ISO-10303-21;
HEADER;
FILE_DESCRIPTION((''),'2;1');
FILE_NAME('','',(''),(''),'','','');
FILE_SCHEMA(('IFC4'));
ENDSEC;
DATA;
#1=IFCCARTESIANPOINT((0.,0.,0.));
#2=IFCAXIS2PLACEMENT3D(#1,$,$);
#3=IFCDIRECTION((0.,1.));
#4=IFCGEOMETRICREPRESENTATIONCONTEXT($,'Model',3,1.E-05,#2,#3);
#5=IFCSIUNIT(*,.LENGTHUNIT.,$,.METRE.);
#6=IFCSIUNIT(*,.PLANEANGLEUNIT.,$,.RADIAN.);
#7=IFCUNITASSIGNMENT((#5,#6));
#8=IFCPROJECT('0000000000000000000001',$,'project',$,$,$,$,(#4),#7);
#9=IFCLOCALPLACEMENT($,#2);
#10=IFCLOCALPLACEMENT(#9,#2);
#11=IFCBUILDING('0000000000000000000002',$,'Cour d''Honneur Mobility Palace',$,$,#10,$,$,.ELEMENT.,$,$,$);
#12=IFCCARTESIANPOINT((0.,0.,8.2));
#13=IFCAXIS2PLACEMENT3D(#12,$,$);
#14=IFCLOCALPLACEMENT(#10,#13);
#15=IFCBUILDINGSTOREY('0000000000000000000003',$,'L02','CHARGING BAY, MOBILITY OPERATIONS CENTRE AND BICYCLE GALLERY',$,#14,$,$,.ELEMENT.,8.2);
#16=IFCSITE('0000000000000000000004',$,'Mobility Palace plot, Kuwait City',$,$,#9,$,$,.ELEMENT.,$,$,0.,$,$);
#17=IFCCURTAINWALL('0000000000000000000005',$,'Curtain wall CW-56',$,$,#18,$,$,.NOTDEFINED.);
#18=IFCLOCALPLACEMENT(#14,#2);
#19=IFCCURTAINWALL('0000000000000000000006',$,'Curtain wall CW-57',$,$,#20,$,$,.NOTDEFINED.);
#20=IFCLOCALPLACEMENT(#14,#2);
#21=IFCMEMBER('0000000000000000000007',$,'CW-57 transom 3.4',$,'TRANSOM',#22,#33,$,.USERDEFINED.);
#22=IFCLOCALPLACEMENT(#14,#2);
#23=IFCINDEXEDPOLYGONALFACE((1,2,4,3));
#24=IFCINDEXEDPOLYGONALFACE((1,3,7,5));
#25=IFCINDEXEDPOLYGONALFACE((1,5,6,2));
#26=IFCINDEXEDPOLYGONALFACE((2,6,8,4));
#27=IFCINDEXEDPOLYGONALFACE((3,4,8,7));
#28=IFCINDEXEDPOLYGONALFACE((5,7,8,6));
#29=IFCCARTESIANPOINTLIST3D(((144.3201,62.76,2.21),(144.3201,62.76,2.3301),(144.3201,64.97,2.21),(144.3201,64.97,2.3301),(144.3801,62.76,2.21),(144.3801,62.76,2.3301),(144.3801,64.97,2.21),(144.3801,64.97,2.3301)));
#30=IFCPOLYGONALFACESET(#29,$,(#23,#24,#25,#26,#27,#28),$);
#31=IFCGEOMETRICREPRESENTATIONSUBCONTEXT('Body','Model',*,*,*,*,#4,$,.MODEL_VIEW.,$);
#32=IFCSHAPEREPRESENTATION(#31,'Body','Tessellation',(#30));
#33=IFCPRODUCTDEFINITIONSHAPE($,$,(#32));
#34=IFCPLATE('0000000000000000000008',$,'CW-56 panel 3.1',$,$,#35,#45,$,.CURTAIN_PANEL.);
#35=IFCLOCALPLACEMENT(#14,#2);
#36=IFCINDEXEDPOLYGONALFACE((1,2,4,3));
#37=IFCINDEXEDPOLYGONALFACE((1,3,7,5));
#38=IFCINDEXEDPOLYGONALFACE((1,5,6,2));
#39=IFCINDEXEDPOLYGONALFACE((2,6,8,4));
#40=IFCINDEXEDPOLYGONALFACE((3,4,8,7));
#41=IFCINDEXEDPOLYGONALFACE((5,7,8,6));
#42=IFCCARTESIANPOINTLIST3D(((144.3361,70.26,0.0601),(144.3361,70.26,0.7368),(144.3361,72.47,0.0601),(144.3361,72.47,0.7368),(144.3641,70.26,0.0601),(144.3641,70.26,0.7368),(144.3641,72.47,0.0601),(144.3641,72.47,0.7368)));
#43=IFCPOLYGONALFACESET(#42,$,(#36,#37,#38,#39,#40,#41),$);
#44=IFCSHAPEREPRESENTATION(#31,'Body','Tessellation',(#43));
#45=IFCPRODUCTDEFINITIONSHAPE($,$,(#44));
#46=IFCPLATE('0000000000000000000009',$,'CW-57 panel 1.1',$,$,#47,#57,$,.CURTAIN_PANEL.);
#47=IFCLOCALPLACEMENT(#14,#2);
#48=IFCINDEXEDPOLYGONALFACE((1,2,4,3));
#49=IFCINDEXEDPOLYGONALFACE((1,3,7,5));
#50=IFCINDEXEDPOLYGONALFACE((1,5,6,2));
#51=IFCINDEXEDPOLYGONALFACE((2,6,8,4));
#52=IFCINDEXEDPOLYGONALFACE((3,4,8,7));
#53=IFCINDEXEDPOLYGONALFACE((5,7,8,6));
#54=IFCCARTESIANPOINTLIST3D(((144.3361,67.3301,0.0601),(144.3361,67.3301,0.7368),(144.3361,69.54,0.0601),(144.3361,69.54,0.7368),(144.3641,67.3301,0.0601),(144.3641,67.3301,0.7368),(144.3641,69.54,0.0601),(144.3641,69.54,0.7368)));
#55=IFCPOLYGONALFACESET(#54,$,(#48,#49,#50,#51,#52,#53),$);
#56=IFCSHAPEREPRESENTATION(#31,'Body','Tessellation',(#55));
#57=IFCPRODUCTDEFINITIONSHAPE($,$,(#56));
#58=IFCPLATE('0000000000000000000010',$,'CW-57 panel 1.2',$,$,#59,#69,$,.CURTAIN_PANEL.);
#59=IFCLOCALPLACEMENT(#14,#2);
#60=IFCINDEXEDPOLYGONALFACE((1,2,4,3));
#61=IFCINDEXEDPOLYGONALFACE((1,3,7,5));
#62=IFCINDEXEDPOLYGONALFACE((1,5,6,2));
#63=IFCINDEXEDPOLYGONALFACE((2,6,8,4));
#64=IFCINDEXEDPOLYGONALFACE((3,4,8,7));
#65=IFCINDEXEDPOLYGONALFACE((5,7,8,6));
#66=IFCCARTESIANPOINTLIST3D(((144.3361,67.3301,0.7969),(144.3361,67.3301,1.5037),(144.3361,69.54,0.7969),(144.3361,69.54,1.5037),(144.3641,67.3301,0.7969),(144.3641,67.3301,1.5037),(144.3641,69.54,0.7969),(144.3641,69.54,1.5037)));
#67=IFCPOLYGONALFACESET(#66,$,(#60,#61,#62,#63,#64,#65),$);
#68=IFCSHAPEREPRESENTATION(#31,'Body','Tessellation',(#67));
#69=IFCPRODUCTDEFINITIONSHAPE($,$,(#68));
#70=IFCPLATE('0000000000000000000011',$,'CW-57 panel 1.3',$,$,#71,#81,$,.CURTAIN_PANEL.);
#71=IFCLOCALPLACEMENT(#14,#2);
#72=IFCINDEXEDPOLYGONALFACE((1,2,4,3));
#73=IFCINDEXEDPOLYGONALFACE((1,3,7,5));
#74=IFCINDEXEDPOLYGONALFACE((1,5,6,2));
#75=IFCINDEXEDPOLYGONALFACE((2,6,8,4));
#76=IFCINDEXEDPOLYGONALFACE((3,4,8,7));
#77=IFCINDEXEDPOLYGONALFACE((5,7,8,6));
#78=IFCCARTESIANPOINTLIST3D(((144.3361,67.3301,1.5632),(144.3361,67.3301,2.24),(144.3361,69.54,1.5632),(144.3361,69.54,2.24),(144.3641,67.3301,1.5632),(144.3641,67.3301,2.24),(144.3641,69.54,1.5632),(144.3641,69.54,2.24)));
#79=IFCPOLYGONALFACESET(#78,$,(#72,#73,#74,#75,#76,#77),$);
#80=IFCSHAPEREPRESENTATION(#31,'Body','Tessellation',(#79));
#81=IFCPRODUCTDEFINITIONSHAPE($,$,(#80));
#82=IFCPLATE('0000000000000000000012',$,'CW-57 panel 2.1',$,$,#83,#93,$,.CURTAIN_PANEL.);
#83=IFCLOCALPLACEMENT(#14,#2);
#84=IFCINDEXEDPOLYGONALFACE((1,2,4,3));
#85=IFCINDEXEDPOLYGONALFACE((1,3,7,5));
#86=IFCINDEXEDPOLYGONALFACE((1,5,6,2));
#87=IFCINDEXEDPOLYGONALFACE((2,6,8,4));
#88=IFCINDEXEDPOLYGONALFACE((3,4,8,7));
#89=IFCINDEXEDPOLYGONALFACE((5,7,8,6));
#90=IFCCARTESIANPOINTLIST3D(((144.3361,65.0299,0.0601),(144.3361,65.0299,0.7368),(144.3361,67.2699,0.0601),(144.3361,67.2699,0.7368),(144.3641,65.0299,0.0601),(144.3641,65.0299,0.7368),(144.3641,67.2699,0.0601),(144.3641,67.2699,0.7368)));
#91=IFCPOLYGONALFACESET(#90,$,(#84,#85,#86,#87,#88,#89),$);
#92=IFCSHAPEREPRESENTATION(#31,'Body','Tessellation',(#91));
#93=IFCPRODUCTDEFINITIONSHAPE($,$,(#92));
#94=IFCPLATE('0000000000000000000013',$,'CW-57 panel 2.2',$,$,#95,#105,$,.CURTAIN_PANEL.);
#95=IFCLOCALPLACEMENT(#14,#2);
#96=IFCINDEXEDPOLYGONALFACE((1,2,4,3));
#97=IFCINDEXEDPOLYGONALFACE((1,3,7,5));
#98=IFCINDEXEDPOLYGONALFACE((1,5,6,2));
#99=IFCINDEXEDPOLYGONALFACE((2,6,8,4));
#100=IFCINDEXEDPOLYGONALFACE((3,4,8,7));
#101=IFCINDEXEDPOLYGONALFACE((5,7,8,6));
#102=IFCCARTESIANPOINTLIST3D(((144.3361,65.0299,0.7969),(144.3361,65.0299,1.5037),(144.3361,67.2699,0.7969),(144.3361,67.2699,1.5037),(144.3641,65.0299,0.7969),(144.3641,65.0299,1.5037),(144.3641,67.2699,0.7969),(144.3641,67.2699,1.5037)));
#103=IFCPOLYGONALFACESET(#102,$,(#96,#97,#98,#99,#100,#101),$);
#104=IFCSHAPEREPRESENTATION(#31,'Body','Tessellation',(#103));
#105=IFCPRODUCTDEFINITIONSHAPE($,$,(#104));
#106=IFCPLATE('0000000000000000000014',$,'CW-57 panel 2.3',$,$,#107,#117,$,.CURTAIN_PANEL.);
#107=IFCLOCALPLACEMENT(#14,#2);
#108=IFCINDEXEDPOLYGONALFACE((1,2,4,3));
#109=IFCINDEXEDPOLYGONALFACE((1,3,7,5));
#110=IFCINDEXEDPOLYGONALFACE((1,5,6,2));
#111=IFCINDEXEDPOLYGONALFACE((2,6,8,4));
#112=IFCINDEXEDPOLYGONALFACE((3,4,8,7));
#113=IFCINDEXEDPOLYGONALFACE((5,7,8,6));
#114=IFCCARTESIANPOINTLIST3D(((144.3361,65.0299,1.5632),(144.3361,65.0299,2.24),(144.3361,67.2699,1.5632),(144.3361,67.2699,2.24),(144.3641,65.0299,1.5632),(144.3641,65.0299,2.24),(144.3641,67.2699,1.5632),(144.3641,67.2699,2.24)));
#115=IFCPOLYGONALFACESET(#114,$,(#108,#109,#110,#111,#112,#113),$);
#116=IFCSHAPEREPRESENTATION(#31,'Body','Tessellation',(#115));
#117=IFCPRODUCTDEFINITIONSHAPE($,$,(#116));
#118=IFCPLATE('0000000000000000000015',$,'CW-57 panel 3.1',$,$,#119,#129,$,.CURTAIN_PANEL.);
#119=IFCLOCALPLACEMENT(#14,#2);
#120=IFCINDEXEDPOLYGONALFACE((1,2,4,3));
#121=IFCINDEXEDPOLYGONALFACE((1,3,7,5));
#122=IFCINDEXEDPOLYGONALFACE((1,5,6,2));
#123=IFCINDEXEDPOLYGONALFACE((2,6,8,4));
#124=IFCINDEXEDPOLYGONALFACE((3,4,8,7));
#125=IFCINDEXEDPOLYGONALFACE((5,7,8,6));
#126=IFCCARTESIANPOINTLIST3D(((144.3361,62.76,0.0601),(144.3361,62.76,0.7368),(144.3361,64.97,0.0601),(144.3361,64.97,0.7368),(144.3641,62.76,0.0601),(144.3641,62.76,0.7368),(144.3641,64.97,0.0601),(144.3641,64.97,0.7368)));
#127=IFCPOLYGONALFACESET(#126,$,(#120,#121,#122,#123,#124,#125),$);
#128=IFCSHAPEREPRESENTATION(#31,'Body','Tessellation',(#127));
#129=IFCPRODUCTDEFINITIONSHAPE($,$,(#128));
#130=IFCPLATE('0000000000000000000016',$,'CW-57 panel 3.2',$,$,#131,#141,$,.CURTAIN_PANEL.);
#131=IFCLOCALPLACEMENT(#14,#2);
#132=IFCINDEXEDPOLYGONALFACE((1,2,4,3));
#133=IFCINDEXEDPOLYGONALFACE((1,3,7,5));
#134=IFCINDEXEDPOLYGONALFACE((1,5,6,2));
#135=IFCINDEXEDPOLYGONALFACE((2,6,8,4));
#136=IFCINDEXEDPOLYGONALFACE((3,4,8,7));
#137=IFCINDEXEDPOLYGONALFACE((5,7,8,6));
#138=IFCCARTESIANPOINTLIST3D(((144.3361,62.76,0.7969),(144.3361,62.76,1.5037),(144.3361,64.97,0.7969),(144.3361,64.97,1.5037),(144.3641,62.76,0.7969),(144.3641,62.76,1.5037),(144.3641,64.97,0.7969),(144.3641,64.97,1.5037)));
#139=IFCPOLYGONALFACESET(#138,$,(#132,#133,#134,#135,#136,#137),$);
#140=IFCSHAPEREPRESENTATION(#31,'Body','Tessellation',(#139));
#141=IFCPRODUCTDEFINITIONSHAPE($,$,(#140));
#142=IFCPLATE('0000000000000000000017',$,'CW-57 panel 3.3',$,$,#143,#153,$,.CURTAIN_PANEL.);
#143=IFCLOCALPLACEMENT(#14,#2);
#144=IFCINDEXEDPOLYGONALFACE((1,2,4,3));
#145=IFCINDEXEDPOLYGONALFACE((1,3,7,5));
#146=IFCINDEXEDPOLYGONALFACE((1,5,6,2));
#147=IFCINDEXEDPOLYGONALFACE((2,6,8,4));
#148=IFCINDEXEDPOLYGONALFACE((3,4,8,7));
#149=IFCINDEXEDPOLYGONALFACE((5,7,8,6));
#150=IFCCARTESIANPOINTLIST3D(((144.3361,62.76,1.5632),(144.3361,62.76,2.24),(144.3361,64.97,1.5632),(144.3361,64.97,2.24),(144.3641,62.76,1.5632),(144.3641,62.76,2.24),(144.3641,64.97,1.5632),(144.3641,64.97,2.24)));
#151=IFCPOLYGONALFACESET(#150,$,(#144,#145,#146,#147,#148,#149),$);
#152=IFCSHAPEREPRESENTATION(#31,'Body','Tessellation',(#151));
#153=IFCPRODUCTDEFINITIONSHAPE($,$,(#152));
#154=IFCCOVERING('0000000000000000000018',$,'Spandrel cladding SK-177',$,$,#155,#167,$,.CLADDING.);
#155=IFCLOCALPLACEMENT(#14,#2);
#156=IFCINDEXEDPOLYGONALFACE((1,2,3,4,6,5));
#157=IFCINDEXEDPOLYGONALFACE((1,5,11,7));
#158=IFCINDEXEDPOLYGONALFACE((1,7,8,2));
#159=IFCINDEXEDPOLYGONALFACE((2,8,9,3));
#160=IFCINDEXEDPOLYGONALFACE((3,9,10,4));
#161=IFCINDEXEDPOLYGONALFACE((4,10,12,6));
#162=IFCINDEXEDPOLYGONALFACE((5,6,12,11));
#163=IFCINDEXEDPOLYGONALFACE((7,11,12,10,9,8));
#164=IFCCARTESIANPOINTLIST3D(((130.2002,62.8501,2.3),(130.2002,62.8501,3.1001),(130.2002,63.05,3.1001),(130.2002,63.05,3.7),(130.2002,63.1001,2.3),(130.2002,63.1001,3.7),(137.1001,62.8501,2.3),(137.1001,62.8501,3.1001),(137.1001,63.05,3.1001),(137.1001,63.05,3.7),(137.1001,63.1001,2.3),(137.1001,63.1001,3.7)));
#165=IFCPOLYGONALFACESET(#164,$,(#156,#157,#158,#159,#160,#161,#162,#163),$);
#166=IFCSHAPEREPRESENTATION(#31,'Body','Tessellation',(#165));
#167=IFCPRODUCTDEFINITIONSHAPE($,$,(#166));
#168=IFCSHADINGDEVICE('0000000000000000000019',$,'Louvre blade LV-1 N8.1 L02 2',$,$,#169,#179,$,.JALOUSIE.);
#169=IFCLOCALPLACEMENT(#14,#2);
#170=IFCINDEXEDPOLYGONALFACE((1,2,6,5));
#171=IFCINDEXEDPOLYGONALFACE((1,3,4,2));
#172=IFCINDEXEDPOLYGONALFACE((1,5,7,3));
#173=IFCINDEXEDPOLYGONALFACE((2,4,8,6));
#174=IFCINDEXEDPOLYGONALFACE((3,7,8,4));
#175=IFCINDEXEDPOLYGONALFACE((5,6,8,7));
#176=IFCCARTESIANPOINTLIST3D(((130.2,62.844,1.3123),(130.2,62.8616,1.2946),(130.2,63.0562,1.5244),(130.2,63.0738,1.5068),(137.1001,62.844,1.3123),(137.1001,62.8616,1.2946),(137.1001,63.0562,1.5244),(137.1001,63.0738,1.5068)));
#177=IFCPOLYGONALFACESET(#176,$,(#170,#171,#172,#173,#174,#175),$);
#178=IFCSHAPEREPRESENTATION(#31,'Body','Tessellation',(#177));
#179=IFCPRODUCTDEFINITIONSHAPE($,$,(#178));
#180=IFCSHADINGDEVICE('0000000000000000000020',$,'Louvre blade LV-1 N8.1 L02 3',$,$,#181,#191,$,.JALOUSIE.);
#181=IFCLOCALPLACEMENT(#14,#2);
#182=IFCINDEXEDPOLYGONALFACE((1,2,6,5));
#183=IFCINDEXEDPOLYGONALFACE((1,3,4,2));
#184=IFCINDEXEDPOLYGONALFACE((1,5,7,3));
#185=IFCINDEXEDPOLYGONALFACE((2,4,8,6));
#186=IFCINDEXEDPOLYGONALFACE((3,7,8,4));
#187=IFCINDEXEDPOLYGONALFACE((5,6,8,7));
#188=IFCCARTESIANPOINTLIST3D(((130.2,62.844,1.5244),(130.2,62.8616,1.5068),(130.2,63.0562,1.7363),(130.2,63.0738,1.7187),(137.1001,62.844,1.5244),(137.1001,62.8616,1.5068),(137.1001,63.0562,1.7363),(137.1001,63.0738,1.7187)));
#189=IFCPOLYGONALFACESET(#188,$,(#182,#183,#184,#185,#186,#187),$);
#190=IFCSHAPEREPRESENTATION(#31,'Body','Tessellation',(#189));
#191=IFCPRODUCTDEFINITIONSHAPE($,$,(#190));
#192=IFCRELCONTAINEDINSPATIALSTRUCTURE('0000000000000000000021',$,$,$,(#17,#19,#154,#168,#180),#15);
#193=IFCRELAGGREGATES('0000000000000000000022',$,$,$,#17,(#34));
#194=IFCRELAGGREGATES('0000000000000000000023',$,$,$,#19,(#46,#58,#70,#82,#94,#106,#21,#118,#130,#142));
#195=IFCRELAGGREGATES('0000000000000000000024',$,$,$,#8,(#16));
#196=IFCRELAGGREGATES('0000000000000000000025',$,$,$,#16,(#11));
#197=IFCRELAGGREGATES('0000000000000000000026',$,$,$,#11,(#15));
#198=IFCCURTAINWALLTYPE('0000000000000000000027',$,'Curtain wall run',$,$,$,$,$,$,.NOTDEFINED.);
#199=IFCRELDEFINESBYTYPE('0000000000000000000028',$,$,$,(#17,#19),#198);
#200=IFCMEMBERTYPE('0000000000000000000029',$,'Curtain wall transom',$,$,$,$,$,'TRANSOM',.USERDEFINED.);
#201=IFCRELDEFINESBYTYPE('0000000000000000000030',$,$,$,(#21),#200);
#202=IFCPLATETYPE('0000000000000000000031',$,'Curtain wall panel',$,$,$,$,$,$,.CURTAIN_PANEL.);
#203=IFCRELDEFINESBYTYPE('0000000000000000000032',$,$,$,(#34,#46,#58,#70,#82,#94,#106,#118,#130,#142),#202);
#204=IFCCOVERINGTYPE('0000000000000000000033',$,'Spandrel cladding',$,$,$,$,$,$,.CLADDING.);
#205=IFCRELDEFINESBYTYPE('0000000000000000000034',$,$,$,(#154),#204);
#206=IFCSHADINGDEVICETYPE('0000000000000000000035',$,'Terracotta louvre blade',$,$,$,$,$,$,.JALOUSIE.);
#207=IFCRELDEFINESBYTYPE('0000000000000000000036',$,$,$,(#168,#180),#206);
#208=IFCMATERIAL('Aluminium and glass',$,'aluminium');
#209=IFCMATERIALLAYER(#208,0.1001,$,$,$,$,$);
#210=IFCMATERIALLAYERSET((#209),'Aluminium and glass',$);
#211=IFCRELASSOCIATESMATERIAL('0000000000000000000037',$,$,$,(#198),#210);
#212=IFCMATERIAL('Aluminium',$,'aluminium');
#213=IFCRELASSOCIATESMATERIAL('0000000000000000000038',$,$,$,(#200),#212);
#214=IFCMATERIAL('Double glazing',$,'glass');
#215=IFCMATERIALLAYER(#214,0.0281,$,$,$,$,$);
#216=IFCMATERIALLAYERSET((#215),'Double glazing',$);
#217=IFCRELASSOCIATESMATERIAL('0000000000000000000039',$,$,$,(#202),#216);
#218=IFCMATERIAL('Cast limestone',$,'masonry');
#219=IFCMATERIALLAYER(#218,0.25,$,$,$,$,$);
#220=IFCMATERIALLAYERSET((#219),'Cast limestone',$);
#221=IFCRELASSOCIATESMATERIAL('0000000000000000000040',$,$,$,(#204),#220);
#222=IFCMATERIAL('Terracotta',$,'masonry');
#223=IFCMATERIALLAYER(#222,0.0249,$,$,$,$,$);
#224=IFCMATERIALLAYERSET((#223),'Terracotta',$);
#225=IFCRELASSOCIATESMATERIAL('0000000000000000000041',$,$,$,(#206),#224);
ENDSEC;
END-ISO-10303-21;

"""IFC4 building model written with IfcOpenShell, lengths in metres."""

from ifc_helpers import new_model, si_unit, direction, frame, origin, origin_2d, place, context, subcontext, project, spatial, polyline, rectangle, outline, extrude, material, layer, layer_set, material_profile, profile_set, type_object, element, aggregate, save


model = new_model("IFC4")

# Units and contexts
model_context = context("Model", 3, precision=1e-05, world=origin(), true_north=direction((0.0, 1.0)))
body_context = subcontext(model_context, "Body", "Model", "MODEL_VIEW")
ifc_project = project(units=[si_unit("LENGTHUNIT", "METRE"), si_unit("PLANEANGLEUNIT", "RADIAN")], contexts=[model_context])

# Site, building, storey
site_placement = place(None, origin())
site = spatial("IfcSite", under=ifc_project, at=site_placement, Name="Mobility Palace plot, Kuwait City", CompositionType="ELEMENT", RefElevation=0.0)
building_placement = place(site_placement, origin())
building = spatial("IfcBuilding", under=site, at=building_placement, Name="Cour d'Honneur Mobility Palace", CompositionType="ELEMENT")
storey_placement = place(building_placement, frame((0.0, 0.0, 8.2)))
storey = spatial("IfcBuildingStorey", under=building, at=storey_placement, Name="L02", Description="CHARGING BAY, MOBILITY OPERATIONS CENTRE AND BICYCLE GALLERY", CompositionType="ELEMENT", Elevation=8.2)

# Curtain wall
ifc_material_1 = material(Name="Aluminium and glass", Category="aluminium")
ifc_layer_1 = layer(ifc_material_1, 0.1001)
ifc_layer_set_1 = layer_set([ifc_layer_1], Name="Aluminium and glass")
curtain_wall_type = type_object("IfcCurtainWallType", Name="Curtain wall run", PredefinedType="NOTDEFINED", material=ifc_layer_set_1)
curtain_wall_1_placement = place(storey_placement, origin())
curtain_wall_1 = element("IfcCurtainWall", 1, at=curtain_wall_1_placement, inside=storey, type_object=curtain_wall_type, Name="Curtain wall CW-56", PredefinedType="NOTDEFINED")

# Curtain wall, member
curtain_wall_2_placement = place(storey_placement, origin())
curtain_wall_2 = element("IfcCurtainWall", 2, at=curtain_wall_2_placement, inside=storey, type_object=curtain_wall_type, Name="Curtain wall CW-57", PredefinedType="NOTDEFINED")
ifc_material_2 = material(Name="Aluminium", Category="aluminium")
ifc_material_profile_1 = material_profile(ifc_material_2, rectangle(XDim=0.0601, YDim=0.1201, at=origin_2d()), Name="Curtain wall transom")
ifc_profile_set_1 = profile_set([ifc_material_profile_1], Name="Aluminium")
member_type_1 = type_object("IfcMemberType", Name="Curtain wall transom", ElementType="TRANSOM", PredefinedType="USERDEFINED", material=ifc_profile_set_1)
member_1_placement = place(storey_placement, frame((144.3501, 64.97, 2.27), z_axis=(0.0, -1.0, 0.0), x_axis=(1.0, 0.0, 0.0)))
member_1 = element("IfcMember", 3, at=member_1_placement, type_object=member_type_1, Name="CW-57 transom 3.4", ObjectType="TRANSOM", PredefinedType="USERDEFINED", context=body_context, shape_type="SweptSolid", body=[
    extrude(rectangle(XDim=0.0601, YDim=0.1201, at=origin_2d()), origin(), (0.0, 0.0, 1.0), 2.21),
])

# Plates
ifc_material_3 = material(Name="Double glazing", Category="glass")
ifc_layer_2 = layer(ifc_material_3, 0.0281)
ifc_layer_set_2 = layer_set([ifc_layer_2], Name="Double glazing")
plate_type = type_object("IfcPlateType", Name="Curtain wall panel", PredefinedType="CURTAIN_PANEL", material=ifc_layer_set_2)
plate_1_placement = place(storey_placement, frame((144.3501, 71.365, 0.0601), z_axis=(0.0, 0.0, 1.0), x_axis=(0.0, -1.0, 0.0)))
plate_1 = element("IfcPlate", 4, at=plate_1_placement, type_object=plate_type, Name="CW-56 panel 3.1", PredefinedType="CURTAIN_PANEL", context=body_context, shape_type="SweptSolid", body=[
    extrude(rectangle(XDim=2.21, YDim=0.0281, at=origin_2d()), origin(), (0.0, 0.0, 1.0), 0.6768),
])
aggregate(curtain_wall_1, [plate_1])
plate_2_placement = place(storey_placement, frame((144.3501, 68.4351, 0.0601), z_axis=(0.0, 0.0, 1.0), x_axis=(0.0, -1.0, 0.0)))
plate_2 = element("IfcPlate", 5, at=plate_2_placement, type_object=plate_type, Name="CW-57 panel 1.1", PredefinedType="CURTAIN_PANEL", context=body_context, shape_type="SweptSolid", body=[
    extrude(rectangle(XDim=2.21, YDim=0.0281, at=origin_2d()), origin(), (0.0, 0.0, 1.0), 0.6768),
])
plate_3_placement = place(storey_placement, frame((144.3501, 68.4351, 0.7969), z_axis=(0.0, 0.0, 1.0), x_axis=(0.0, -1.0, 0.0)))
plate_3 = element("IfcPlate", 6, at=plate_3_placement, type_object=plate_type, Name="CW-57 panel 1.2", PredefinedType="CURTAIN_PANEL", context=body_context, shape_type="SweptSolid", body=[
    extrude(rectangle(XDim=2.21, YDim=0.0281, at=origin_2d()), origin(), (0.0, 0.0, 1.0), 0.7068),
])
plate_4_placement = place(storey_placement, frame((144.3501, 68.4351, 1.5632), z_axis=(0.0, 0.0, 1.0), x_axis=(0.0, -1.0, 0.0)))
plate_4 = element("IfcPlate", 7, at=plate_4_placement, type_object=plate_type, Name="CW-57 panel 1.3", PredefinedType="CURTAIN_PANEL", context=body_context, shape_type="SweptSolid", body=[
    extrude(rectangle(XDim=2.21, YDim=0.0281, at=origin_2d()), origin(), (0.0, 0.0, 1.0), 0.6768),
])
plate_5_placement = place(storey_placement, frame((144.3501, 66.1499, 0.0601), z_axis=(0.0, 0.0, 1.0), x_axis=(0.0, -1.0, 0.0)))
plate_5 = element("IfcPlate", 8, at=plate_5_placement, type_object=plate_type, Name="CW-57 panel 2.1", PredefinedType="CURTAIN_PANEL", context=body_context, shape_type="SweptSolid", body=[
    extrude(rectangle(XDim=2.24, YDim=0.0281, at=origin_2d()), origin(), (0.0, 0.0, 1.0), 0.6768),
])
plate_6_placement = place(storey_placement, frame((144.3501, 66.1499, 0.7969), z_axis=(0.0, 0.0, 1.0), x_axis=(0.0, -1.0, 0.0)))
plate_6 = element("IfcPlate", 9, at=plate_6_placement, type_object=plate_type, Name="CW-57 panel 2.2", PredefinedType="CURTAIN_PANEL", context=body_context, shape_type="SweptSolid", body=[
    extrude(rectangle(XDim=2.24, YDim=0.0281, at=origin_2d()), origin(), (0.0, 0.0, 1.0), 0.7068),
])
plate_7_placement = place(storey_placement, frame((144.3501, 66.1499, 1.5632), z_axis=(0.0, 0.0, 1.0), x_axis=(0.0, -1.0, 0.0)))
plate_7 = element("IfcPlate", 10, at=plate_7_placement, type_object=plate_type, Name="CW-57 panel 2.3", PredefinedType="CURTAIN_PANEL", context=body_context, shape_type="SweptSolid", body=[
    extrude(rectangle(XDim=2.24, YDim=0.0281, at=origin_2d()), origin(), (0.0, 0.0, 1.0), 0.6768),
])
plate_8_placement = place(storey_placement, frame((144.3501, 63.865, 0.0601), z_axis=(0.0, 0.0, 1.0), x_axis=(0.0, -1.0, 0.0)))
plate_8 = element("IfcPlate", 11, at=plate_8_placement, type_object=plate_type, Name="CW-57 panel 3.1", PredefinedType="CURTAIN_PANEL", context=body_context, shape_type="SweptSolid", body=[
    extrude(rectangle(XDim=2.21, YDim=0.0281, at=origin_2d()), origin(), (0.0, 0.0, 1.0), 0.6768),
])
plate_9_placement = place(storey_placement, frame((144.3501, 63.865, 0.7969), z_axis=(0.0, 0.0, 1.0), x_axis=(0.0, -1.0, 0.0)))
plate_9 = element("IfcPlate", 12, at=plate_9_placement, type_object=plate_type, Name="CW-57 panel 3.2", PredefinedType="CURTAIN_PANEL", context=body_context, shape_type="SweptSolid", body=[
    extrude(rectangle(XDim=2.21, YDim=0.0281, at=origin_2d()), origin(), (0.0, 0.0, 1.0), 0.7068),
])
plate_10_placement = place(storey_placement, frame((144.3501, 63.865, 1.5632), z_axis=(0.0, 0.0, 1.0), x_axis=(0.0, -1.0, 0.0)))
plate_10 = element("IfcPlate", 13, at=plate_10_placement, type_object=plate_type, Name="CW-57 panel 3.3", PredefinedType="CURTAIN_PANEL", context=body_context, shape_type="SweptSolid", body=[
    extrude(rectangle(XDim=2.21, YDim=0.0281, at=origin_2d()), origin(), (0.0, 0.0, 1.0), 0.6768),
])
aggregate(curtain_wall_2, [plate_2, plate_3, plate_4, plate_5, plate_6, plate_7, member_1, plate_8, plate_9, plate_10])

# Covering
ifc_material_4 = material(Name="Cast limestone", Category="masonry")
ifc_layer_3 = layer(ifc_material_4, 0.25)
ifc_layer_set_3 = layer_set([ifc_layer_3], Name="Cast limestone")
covering_type = type_object("IfcCoveringType", Name="Spandrel cladding", PredefinedType="CLADDING", material=ifc_layer_set_3)
covering_placement = place(storey_placement, frame((137.1001, 62.8501, 2.3), z_axis=(1.0, 0.0, 0.0), x_axis=(0.0, 1.0, 0.0)))
element("IfcCovering", 14, at=covering_placement, inside=storey, type_object=covering_type, Name="Spandrel cladding SK-177", PredefinedType="CLADDING", context=body_context, shape_type="SweptSolid", body=[
    extrude(outline(polyline([(0.0, 0.0), (0.25, 0.0), (0.25, 1.3999), (0.2, 1.3999), (0.2, 0.8), (0.0, 0.8), (0.0, 0.0)])), origin(), (0.0, 0.0, -1.0), 6.8999),
])

# Shading devices
ifc_material_5 = material(Name="Terracotta", Category="masonry")
ifc_layer_4 = layer(ifc_material_5, 0.0249)
ifc_layer_set_4 = layer_set([ifc_layer_4], Name="Terracotta")
shading_device_type = type_object("IfcShadingDeviceType", Name="Terracotta louvre blade", PredefinedType="JALOUSIE", material=ifc_layer_set_4)
shading_device_1_placement = place(storey_placement, frame((137.1001, 62.844, 1.3123), z_axis=(0.0, -0.707107, 0.707107), x_axis=(-1.0, 0.0, 0.0)))
element("IfcShadingDevice", 15, at=shading_device_1_placement, inside=storey, type_object=shading_device_type, Name="Louvre blade LV-1 N8.1 L02 2", PredefinedType="JALOUSIE", context=body_context, shape_type="SweptSolid", body=[
    extrude(outline(polyline([(0.0, 0.0), (6.9001, 0.0), (6.9001, -0.3), (0.0, -0.3), (0.0, 0.0)])), origin(), (0.0, 0.0, -1.0), 0.0249),
])
shading_device_2_placement = place(storey_placement, frame((137.1001, 62.844, 1.5244), z_axis=(0.0, -0.7067, 0.707514), x_axis=(-1.0, 0.0, 0.0)))
element("IfcShadingDevice", 16, at=shading_device_2_placement, inside=storey, type_object=shading_device_type, Name="Louvre blade LV-1 N8.1 L02 3", PredefinedType="JALOUSIE", context=body_context, shape_type="SweptSolid", body=[
    extrude(outline(polyline([(0.0, 0.0), (6.9001, 0.0), (6.9001, -0.2999), (0.0, -0.2999), (0.0, 0.0)])), origin(), (0.0, 0.0, -1.0), 0.0249),
])

save(model, "model.ifc")
